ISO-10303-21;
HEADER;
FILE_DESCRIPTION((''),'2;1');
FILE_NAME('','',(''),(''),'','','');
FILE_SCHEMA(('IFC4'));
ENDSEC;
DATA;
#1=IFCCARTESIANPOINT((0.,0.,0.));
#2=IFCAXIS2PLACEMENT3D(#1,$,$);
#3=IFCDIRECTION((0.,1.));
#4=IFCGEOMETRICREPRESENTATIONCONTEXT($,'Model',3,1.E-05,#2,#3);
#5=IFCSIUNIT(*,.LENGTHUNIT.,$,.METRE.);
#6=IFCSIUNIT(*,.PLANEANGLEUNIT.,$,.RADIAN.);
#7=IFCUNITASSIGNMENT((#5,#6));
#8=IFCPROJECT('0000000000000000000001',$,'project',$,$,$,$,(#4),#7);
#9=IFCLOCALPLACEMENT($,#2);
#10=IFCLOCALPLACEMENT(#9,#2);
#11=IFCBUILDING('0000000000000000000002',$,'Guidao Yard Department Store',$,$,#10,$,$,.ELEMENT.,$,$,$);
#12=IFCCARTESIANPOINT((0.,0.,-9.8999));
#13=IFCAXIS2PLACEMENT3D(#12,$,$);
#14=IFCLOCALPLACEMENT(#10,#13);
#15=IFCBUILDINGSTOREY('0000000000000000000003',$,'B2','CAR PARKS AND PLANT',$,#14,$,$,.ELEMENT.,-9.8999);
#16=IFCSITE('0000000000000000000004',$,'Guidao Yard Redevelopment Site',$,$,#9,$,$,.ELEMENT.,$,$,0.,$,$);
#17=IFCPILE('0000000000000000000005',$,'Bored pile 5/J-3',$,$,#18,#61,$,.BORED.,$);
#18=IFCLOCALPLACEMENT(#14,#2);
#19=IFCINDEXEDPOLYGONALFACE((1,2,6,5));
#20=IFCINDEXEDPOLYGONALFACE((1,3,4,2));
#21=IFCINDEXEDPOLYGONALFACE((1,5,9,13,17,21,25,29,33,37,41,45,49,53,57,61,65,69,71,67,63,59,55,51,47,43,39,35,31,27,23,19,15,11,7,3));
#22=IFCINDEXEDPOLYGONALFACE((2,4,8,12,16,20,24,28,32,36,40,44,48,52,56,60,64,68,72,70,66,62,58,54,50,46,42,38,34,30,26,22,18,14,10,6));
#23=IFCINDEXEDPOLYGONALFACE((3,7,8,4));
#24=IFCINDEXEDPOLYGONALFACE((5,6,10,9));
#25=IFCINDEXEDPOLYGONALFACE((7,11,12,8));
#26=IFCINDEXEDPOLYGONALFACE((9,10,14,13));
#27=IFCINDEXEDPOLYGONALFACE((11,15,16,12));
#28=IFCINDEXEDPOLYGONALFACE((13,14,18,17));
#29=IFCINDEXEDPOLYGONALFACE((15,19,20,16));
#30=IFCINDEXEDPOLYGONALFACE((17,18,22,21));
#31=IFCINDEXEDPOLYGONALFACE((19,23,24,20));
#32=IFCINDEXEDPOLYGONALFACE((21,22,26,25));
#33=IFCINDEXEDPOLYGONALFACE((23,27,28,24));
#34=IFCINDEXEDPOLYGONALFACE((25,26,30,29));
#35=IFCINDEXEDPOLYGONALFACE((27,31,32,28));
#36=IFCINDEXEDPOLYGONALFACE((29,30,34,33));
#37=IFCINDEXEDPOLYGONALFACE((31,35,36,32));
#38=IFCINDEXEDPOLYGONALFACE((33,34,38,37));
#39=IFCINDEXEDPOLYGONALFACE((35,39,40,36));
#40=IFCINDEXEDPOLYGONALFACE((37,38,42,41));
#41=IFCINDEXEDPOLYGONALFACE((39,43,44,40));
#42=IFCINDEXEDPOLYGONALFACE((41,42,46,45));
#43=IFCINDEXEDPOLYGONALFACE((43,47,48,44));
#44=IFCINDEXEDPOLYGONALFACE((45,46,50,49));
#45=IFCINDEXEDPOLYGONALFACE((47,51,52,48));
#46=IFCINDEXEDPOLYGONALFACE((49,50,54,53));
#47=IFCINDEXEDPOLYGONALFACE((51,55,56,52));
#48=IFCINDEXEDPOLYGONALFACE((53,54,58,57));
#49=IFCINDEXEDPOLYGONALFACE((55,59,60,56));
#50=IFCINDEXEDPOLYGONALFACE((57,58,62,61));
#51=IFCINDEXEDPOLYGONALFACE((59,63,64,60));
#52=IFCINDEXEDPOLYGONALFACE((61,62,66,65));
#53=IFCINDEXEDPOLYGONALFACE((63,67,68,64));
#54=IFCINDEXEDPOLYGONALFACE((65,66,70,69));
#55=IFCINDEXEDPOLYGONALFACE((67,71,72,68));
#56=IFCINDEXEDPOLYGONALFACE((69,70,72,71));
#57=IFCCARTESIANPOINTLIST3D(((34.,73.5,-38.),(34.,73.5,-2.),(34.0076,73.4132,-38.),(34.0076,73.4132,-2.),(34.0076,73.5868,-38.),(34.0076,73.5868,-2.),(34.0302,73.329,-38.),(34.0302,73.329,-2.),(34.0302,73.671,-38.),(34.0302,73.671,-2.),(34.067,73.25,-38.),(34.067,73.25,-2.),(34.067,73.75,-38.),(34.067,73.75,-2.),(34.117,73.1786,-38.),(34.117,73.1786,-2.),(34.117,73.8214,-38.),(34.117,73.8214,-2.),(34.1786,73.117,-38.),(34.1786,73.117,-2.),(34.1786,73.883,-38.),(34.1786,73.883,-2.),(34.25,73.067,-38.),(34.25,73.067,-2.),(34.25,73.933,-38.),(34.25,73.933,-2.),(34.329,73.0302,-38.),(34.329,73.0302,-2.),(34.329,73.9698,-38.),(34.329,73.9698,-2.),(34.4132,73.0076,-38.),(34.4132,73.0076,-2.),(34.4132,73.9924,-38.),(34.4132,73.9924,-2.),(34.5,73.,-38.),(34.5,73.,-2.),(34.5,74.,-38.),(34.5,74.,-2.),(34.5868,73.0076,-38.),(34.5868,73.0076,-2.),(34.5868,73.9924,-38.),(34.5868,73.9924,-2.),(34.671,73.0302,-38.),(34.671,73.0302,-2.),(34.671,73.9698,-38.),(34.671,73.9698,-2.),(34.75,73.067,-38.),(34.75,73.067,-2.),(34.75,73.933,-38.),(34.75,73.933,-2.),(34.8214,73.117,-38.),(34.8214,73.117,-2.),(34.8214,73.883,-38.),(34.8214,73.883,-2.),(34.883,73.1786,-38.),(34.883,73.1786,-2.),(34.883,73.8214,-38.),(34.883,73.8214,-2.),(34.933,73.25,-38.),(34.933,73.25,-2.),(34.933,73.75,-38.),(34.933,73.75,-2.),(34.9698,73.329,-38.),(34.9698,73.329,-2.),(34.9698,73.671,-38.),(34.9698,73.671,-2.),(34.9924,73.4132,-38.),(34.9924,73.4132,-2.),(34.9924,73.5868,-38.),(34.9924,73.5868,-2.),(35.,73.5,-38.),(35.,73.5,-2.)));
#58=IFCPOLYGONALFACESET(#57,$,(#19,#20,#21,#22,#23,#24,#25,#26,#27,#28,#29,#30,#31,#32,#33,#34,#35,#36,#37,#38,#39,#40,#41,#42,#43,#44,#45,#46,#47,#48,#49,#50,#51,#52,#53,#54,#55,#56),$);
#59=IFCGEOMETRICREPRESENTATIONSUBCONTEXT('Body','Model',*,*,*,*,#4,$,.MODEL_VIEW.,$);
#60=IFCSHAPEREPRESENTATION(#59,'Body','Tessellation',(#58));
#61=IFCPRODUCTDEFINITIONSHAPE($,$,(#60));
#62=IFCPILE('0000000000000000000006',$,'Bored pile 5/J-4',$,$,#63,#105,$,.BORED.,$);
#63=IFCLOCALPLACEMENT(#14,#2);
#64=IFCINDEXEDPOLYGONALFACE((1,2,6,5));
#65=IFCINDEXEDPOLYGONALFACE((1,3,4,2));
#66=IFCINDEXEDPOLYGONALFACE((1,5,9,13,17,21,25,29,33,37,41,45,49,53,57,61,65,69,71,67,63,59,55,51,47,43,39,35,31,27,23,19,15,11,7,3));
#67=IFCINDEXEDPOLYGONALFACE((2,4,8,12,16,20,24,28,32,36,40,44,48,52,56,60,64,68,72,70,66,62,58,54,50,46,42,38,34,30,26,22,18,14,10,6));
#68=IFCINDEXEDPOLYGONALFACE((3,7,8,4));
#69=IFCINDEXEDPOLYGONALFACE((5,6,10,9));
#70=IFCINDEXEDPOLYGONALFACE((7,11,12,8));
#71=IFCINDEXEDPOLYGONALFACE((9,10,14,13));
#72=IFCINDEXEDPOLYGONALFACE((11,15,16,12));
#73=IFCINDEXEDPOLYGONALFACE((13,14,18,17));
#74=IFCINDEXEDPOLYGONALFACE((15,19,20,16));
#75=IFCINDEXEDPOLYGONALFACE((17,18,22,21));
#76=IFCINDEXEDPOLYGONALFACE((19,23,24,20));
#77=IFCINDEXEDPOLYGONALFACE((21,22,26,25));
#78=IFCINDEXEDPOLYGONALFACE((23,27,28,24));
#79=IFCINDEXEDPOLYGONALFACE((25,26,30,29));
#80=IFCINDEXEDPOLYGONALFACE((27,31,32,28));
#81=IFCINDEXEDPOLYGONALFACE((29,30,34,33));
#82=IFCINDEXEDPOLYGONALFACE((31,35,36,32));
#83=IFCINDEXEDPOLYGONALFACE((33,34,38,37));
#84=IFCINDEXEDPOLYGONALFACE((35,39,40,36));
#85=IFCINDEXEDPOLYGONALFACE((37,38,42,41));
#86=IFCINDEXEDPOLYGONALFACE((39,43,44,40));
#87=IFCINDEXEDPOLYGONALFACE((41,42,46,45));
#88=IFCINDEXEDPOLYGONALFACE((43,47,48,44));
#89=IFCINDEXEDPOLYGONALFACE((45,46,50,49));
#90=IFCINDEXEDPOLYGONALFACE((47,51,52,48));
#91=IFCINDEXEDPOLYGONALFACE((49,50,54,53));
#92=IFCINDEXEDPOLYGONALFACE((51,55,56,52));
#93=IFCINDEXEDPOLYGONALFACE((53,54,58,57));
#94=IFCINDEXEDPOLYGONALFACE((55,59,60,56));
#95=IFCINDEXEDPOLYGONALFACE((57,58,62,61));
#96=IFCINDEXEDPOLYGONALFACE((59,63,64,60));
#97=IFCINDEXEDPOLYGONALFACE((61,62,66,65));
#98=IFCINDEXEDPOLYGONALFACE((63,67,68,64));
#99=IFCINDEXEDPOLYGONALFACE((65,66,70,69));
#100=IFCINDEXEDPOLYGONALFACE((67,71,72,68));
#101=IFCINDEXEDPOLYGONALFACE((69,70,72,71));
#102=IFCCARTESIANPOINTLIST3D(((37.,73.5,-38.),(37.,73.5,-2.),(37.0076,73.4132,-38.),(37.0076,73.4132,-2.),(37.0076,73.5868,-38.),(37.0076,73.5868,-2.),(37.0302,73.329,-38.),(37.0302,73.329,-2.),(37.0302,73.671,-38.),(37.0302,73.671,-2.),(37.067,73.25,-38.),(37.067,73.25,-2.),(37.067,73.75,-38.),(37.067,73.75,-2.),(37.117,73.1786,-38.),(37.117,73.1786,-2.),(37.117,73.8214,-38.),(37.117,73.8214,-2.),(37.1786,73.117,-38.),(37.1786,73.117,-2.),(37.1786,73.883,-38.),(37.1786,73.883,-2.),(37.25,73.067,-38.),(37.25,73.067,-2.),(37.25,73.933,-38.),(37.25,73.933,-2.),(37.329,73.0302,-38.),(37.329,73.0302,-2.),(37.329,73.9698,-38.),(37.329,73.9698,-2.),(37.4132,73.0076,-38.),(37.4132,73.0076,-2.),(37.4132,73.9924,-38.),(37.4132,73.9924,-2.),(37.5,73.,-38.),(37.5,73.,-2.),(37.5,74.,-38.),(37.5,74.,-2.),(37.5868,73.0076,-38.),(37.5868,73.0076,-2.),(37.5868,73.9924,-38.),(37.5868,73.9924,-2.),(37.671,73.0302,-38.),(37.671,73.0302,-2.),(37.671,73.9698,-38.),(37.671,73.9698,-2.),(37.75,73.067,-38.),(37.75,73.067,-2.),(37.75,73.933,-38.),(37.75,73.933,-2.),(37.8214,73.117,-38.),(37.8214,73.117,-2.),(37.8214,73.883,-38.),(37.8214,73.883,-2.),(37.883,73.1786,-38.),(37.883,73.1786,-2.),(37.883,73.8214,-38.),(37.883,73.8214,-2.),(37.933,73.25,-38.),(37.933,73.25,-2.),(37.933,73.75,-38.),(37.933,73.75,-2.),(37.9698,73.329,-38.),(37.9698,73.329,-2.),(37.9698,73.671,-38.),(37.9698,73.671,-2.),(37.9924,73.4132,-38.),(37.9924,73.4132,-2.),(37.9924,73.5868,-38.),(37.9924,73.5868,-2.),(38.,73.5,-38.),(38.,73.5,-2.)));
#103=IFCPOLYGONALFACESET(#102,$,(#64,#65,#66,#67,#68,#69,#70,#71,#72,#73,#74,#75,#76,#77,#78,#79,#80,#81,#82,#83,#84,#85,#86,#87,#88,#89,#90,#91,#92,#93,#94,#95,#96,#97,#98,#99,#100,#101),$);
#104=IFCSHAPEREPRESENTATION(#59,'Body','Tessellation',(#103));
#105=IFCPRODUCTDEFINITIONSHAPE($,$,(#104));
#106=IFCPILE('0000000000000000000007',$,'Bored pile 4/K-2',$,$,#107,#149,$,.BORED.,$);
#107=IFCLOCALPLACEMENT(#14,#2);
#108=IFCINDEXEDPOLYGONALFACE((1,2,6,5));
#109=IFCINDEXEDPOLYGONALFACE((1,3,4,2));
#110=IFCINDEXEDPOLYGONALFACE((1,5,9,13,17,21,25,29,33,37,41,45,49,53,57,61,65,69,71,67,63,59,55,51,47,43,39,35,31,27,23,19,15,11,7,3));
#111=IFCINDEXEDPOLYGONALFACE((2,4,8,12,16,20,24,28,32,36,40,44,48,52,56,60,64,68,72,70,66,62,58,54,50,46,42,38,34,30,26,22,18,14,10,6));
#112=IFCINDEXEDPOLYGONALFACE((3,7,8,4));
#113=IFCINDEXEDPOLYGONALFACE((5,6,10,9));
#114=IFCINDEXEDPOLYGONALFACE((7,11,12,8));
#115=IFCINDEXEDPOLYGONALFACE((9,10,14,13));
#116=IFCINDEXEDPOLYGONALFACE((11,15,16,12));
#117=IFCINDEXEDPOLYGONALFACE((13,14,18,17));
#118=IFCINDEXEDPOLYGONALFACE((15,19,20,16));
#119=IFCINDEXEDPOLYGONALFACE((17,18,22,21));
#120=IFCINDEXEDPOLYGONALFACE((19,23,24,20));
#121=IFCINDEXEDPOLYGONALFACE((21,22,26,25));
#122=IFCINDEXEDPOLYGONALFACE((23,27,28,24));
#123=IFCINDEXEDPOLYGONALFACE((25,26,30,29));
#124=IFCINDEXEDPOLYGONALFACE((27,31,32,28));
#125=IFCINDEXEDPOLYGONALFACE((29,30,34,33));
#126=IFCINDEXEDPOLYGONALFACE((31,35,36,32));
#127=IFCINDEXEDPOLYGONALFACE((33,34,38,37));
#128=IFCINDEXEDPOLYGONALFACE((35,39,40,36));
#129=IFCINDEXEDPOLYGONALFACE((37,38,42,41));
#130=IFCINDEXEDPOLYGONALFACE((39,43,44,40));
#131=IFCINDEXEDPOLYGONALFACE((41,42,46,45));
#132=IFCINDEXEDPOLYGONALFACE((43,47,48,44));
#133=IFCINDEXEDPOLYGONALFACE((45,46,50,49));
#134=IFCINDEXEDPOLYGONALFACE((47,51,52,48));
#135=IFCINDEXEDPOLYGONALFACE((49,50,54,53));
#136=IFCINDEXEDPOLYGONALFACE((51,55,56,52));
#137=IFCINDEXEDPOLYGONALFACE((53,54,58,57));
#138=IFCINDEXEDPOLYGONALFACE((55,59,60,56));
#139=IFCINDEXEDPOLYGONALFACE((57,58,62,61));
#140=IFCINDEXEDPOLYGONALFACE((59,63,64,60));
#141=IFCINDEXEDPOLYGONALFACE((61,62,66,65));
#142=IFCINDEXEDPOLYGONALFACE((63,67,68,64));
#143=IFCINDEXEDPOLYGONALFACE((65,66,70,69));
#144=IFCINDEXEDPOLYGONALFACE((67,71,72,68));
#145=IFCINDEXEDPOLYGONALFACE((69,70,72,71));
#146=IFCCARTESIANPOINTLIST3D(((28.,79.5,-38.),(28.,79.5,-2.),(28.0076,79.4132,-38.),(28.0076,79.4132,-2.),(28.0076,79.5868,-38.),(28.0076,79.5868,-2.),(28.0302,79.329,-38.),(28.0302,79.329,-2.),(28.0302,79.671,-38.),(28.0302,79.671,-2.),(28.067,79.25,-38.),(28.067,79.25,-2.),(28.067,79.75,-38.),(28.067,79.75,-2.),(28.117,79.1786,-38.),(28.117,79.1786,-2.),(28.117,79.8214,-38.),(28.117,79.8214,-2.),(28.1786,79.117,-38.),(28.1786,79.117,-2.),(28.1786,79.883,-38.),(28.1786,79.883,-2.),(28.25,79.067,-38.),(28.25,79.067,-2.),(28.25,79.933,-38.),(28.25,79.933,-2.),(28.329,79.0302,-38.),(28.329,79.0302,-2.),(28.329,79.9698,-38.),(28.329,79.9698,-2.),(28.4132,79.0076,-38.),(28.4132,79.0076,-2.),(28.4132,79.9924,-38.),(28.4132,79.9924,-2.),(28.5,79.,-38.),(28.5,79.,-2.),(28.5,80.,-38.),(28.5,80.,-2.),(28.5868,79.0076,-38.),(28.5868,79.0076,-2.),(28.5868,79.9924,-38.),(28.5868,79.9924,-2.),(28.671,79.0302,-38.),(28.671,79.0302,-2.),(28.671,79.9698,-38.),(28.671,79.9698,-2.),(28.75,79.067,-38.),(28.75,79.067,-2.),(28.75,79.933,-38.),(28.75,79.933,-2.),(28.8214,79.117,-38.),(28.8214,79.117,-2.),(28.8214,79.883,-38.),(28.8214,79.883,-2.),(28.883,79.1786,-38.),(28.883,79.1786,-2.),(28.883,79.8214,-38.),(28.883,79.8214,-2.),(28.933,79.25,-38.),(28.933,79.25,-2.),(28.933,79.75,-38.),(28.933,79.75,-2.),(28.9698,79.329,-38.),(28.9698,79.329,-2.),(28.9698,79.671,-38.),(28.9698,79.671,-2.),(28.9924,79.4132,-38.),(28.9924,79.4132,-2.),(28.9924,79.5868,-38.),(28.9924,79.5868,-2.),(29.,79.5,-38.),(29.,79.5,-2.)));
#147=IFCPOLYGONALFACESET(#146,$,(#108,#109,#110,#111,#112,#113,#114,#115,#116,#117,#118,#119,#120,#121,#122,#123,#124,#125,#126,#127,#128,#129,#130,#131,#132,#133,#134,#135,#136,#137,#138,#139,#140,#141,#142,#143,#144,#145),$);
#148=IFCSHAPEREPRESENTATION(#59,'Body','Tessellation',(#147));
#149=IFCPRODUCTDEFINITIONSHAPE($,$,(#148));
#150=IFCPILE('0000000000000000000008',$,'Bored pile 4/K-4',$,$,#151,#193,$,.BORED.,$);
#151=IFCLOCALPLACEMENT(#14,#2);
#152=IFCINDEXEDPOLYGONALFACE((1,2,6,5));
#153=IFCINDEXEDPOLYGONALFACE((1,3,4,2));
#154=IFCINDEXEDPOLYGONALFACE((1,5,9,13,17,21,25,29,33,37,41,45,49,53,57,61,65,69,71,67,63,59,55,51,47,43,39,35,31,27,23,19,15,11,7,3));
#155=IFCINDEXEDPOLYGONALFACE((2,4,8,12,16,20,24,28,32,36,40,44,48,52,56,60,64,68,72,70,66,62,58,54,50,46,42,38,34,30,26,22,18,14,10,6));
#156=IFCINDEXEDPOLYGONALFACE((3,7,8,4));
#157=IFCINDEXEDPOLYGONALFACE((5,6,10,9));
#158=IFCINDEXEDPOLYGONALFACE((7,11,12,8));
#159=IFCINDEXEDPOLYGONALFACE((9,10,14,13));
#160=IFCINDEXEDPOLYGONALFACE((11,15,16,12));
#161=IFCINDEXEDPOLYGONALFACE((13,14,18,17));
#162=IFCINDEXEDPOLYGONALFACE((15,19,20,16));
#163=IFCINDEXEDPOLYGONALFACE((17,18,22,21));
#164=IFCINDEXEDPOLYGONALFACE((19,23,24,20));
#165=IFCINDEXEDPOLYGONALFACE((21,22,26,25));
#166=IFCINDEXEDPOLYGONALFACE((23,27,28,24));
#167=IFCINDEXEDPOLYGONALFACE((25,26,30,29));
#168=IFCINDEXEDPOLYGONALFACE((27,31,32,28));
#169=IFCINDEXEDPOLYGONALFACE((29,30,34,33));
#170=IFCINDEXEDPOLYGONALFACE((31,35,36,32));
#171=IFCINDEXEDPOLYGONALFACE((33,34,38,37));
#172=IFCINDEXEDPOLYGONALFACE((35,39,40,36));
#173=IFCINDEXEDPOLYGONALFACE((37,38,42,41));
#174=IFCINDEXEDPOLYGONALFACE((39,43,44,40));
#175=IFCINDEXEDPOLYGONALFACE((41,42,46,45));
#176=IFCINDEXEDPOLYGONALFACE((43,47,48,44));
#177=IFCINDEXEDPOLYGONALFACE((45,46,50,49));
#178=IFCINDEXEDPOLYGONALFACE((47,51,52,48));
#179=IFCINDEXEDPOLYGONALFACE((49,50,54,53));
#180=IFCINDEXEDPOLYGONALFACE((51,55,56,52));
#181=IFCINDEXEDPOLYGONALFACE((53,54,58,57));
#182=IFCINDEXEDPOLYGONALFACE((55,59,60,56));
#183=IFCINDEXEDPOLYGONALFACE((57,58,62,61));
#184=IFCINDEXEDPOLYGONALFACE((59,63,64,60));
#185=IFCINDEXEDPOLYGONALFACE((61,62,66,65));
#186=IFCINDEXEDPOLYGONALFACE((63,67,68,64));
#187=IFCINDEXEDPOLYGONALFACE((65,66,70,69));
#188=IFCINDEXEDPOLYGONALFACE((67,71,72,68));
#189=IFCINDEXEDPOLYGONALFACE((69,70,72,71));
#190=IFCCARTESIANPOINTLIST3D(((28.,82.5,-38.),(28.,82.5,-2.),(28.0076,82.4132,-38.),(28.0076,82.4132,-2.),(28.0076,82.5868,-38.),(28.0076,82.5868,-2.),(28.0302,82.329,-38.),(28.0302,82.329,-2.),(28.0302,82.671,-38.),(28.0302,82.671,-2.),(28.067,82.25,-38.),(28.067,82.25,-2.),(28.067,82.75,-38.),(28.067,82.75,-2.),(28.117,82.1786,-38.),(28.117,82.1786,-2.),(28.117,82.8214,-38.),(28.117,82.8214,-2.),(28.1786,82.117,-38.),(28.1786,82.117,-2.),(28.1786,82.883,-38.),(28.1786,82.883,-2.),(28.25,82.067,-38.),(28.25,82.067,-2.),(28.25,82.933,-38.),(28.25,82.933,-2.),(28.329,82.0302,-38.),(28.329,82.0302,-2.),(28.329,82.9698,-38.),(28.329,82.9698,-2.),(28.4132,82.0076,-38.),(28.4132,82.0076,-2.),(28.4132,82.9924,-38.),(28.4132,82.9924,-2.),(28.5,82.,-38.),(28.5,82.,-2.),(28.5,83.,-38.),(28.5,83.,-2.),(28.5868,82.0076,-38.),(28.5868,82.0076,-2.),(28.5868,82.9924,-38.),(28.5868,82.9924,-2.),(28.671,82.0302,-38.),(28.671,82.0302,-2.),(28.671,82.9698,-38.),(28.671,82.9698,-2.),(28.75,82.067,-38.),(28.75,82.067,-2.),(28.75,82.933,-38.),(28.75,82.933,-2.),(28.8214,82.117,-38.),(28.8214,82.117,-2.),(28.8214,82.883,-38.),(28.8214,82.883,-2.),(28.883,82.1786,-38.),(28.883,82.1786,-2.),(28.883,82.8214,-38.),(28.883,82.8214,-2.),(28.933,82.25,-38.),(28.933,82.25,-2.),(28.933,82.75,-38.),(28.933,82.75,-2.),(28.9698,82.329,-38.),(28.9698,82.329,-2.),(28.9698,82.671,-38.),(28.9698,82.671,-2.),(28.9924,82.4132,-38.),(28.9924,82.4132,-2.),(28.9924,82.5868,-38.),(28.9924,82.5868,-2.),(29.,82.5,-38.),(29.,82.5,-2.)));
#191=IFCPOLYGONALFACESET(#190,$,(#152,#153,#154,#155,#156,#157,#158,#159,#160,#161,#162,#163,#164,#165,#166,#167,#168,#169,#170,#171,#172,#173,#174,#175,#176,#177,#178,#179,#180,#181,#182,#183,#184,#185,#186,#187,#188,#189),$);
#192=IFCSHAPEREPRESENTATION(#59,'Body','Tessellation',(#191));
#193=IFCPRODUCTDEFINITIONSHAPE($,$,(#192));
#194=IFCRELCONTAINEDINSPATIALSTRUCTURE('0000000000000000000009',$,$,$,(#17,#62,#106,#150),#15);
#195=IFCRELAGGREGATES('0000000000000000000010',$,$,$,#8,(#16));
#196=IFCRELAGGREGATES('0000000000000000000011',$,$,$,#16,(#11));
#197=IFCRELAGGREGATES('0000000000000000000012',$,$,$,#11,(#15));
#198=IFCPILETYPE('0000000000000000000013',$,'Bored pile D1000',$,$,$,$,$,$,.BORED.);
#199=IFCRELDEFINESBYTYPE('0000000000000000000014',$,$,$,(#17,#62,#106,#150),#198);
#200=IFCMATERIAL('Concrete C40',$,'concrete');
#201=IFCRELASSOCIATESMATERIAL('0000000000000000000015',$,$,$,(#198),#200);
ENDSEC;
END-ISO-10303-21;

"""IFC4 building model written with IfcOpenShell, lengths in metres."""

from ifc_helpers import new_model, si_unit, direction, frame, origin, origin_2d, place, context, subcontext, project, spatial, circle, extrude, material, material_profile, profile_set, type_object, element, save


model = new_model("IFC4")

# Units and contexts
model_context = context("Model", 3, precision=1e-05, world=origin(), true_north=direction((0.0, 1.0)))
body_context = subcontext(model_context, "Body", "Model", "MODEL_VIEW")
ifc_project = project(units=[si_unit("LENGTHUNIT", "METRE"), si_unit("PLANEANGLEUNIT", "RADIAN")], contexts=[model_context])

# Site, building, storey
site_placement = place(None, origin())
site = spatial("IfcSite", under=ifc_project, at=site_placement, Name="Guidao Yard Redevelopment Site", CompositionType="ELEMENT", RefElevation=0.0)
building_placement = place(site_placement, origin())
building = spatial("IfcBuilding", under=site, at=building_placement, Name="Guidao Yard Department Store", CompositionType="ELEMENT")
storey_placement = place(building_placement, frame((0.0, 0.0, -9.8999)))
storey = spatial("IfcBuildingStorey", under=building, at=storey_placement, Name="B2", Description="CAR PARKS AND PLANT", CompositionType="ELEMENT", Elevation=-9.8999)

# Piles
ifc_material_1 = material(Name="Concrete C40", Category="concrete")
ifc_material_profile_1 = material_profile(ifc_material_1, circle(Radius=0.5, at=origin_2d()), Name="Bored pile D1000")
ifc_profile_set_1 = profile_set([ifc_material_profile_1], Name="Concrete C40")
pile_type = type_object("IfcPileType", Name="Bored pile D1000", PredefinedType="BORED", material=ifc_profile_set_1)
for number, where, z_axis, x_axis, name in (
    (1, (34.5, 73.5, -2.0), (0.0, 0.0, -1.0), (1.0, 0.0, 0.0), "Bored pile 5/J-3"),
    (2, (37.5, 73.5, -2.0), (0.0, 0.0, -1.0), (1.0, 0.0, 0.0), "Bored pile 5/J-4"),
    (3, (28.5, 79.5, -2.0), (0.0, 0.0, -1.0), (1.0, 0.0, 0.0), "Bored pile 4/K-2"),
    (4, (28.5, 82.5, -2.0), (0.0, 0.0, -1.0), (1.0, 0.0, 0.0), "Bored pile 4/K-4"),
):
    element("IfcPile", number, at=place(storey_placement, frame(where, z_axis=z_axis, x_axis=x_axis)), inside=storey, type_object=pile_type, Name=name, PredefinedType="BORED", context=body_context, shape_type="SweptSolid", body=[
        extrude(circle(Radius=0.5, at=origin_2d()), origin(), (0.0, 0.0, 1.0), 36.0),
    ])

save(model, "model.ifc")
